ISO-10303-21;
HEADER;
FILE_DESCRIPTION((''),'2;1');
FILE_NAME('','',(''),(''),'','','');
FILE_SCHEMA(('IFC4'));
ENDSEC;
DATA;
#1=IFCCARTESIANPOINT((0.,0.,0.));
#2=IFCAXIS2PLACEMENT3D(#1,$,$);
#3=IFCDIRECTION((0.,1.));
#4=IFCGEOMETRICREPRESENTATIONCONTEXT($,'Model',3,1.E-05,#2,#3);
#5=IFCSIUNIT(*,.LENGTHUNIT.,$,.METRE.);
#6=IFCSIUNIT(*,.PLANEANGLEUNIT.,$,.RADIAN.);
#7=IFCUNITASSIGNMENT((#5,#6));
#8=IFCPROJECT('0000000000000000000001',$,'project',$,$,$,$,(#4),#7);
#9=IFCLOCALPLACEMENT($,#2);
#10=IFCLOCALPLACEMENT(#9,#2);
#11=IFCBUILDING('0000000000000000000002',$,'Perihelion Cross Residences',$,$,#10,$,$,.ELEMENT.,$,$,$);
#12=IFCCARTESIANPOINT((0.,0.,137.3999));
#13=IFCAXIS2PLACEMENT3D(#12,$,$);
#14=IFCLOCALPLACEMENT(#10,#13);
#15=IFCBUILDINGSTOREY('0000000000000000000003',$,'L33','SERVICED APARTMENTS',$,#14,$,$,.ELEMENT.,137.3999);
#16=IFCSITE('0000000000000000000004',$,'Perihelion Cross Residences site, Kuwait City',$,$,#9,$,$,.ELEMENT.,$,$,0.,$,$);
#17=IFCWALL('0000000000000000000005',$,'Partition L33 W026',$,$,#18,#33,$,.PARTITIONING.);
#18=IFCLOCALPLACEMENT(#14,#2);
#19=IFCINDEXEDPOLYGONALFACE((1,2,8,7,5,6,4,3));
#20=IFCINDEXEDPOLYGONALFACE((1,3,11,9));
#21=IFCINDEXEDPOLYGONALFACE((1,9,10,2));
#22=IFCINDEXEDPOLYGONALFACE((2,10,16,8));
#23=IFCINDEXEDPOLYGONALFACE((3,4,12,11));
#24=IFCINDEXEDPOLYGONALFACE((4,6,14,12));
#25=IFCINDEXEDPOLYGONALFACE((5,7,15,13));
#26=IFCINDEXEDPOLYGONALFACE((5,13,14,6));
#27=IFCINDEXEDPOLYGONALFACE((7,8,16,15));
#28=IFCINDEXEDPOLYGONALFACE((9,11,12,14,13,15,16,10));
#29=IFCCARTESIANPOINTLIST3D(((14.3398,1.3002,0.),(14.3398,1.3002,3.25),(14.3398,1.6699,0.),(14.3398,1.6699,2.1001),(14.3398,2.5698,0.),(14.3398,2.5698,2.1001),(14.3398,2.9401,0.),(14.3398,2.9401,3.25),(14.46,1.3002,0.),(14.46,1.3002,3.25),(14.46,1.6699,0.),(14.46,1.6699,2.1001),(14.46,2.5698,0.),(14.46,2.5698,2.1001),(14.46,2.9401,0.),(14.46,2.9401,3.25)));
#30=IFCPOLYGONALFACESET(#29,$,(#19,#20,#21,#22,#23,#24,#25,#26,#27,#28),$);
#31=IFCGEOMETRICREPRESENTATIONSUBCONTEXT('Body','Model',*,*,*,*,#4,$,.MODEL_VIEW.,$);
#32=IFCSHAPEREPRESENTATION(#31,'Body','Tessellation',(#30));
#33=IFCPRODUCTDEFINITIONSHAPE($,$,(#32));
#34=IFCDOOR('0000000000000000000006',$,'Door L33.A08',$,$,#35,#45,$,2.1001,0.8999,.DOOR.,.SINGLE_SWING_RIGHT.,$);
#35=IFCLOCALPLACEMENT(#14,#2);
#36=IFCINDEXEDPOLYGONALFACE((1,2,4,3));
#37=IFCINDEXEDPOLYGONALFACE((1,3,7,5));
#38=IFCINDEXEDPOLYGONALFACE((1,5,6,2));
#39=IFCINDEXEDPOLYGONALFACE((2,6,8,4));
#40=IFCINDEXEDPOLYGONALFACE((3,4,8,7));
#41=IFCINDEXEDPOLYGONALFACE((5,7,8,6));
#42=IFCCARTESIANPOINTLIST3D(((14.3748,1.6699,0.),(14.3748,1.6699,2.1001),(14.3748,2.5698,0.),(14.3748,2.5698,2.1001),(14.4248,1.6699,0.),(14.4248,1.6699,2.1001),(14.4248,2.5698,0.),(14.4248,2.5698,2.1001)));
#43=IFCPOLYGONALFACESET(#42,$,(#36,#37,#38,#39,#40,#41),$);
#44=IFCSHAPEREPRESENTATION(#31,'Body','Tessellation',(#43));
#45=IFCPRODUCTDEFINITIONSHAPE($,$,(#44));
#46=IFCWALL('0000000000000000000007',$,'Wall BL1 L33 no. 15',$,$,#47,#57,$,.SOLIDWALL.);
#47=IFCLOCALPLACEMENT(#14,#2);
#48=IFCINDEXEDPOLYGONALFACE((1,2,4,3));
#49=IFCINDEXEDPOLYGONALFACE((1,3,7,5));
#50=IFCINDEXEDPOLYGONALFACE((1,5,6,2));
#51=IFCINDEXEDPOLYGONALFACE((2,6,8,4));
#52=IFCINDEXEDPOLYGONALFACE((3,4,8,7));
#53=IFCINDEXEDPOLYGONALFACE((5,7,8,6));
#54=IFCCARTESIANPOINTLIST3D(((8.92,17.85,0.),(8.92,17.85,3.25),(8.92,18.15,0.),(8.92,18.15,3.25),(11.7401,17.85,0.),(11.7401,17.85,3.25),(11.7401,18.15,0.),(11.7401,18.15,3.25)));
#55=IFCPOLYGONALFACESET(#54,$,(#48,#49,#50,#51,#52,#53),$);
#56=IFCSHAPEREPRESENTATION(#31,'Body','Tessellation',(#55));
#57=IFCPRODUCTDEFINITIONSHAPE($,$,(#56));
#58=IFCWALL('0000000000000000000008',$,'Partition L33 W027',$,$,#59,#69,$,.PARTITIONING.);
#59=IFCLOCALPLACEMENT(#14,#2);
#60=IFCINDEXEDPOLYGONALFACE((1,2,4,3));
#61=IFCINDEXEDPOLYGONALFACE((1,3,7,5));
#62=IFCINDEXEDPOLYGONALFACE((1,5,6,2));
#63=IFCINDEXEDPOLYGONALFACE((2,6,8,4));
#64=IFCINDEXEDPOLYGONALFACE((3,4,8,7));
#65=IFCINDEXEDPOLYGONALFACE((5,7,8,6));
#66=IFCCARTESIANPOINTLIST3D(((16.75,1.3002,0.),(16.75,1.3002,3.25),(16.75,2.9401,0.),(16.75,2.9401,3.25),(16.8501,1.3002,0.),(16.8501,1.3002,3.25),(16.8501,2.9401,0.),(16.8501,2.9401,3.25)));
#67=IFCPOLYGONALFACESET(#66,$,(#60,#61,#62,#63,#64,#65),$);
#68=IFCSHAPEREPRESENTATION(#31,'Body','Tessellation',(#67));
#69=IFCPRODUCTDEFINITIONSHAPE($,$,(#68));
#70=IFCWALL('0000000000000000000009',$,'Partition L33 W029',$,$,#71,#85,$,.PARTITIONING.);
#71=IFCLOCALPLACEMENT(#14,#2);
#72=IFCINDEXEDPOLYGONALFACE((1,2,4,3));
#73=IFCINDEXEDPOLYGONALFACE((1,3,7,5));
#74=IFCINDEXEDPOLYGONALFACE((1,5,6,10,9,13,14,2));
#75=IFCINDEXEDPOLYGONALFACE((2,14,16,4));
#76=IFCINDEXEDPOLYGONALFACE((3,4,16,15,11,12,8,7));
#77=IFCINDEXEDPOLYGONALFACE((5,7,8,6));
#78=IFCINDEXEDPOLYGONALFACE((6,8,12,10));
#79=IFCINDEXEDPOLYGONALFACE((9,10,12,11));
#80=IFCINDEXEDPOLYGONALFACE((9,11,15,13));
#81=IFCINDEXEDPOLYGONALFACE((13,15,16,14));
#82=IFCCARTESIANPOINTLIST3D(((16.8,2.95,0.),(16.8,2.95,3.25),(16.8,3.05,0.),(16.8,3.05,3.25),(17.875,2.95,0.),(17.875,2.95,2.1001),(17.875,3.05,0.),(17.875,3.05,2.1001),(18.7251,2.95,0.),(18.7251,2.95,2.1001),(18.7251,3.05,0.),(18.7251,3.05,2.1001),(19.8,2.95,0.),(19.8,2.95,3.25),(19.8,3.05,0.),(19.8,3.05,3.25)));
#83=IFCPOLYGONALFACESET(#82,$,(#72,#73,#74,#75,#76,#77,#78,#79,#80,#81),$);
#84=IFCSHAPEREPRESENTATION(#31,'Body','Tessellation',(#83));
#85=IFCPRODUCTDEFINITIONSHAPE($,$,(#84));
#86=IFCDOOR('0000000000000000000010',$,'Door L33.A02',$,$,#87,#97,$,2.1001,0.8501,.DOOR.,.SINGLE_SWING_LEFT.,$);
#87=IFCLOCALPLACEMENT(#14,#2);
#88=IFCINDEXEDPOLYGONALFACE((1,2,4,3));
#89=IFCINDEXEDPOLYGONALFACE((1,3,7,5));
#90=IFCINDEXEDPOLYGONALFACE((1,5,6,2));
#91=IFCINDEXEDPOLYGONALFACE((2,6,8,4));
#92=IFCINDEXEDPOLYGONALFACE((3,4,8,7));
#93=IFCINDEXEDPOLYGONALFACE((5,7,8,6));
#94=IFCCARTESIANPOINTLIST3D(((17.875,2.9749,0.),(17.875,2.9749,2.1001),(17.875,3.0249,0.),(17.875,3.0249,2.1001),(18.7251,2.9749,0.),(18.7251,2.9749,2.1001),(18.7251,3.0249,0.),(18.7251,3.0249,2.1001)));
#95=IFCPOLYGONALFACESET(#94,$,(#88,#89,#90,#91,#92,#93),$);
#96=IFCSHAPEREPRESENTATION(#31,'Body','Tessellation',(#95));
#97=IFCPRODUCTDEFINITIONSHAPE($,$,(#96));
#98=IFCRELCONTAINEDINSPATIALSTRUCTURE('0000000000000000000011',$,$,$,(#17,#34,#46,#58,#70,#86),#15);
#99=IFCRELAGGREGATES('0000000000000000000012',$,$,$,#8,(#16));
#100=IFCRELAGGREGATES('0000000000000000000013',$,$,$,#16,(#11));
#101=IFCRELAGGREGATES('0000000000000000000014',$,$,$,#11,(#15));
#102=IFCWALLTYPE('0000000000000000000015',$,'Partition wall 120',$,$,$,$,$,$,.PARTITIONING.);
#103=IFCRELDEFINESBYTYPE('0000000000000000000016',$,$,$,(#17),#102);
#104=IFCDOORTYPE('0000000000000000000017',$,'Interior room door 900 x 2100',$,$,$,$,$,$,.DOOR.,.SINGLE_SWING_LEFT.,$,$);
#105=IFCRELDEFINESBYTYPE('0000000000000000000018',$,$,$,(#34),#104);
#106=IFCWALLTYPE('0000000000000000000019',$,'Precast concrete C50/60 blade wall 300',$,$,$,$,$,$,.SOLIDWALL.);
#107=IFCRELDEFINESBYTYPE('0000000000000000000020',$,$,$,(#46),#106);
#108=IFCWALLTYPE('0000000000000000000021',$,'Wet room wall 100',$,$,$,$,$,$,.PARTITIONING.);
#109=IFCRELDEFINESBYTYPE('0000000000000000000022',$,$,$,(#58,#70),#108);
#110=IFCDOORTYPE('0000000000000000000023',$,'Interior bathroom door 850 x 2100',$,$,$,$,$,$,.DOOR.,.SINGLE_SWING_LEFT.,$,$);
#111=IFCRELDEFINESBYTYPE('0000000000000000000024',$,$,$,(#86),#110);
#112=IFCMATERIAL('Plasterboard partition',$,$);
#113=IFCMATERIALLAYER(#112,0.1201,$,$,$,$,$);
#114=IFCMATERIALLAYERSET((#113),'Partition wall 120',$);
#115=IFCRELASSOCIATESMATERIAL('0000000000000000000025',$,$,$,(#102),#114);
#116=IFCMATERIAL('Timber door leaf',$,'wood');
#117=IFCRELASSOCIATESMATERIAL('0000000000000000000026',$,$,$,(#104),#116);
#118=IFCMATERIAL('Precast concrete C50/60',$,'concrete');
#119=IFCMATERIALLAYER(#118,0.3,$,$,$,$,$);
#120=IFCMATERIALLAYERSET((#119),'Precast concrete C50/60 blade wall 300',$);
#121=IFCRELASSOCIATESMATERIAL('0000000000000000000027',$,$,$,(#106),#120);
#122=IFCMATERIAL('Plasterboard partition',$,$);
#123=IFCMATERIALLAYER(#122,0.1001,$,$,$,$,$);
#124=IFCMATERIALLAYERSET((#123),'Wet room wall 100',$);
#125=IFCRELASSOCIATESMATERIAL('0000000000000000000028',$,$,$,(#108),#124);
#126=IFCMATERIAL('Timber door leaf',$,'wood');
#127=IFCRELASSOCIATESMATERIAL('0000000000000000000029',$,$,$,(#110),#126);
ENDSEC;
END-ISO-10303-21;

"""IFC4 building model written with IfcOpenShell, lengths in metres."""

from ifc_helpers import new_model, si_unit, direction, frame, frame_2d, origin, place, context, subcontext, project, spatial, rectangle, extrude, material, layer, layer_set, type_object, element, fill, save


model = new_model("IFC4")

# Units and contexts
model_context = context("Model", 3, precision=1e-05, world=origin(), true_north=direction((0.0, 1.0)))
body_context = subcontext(model_context, "Body", "Model", "MODEL_VIEW")
ifc_project = project(units=[si_unit("LENGTHUNIT", "METRE"), si_unit("PLANEANGLEUNIT", "RADIAN")], contexts=[model_context])

# Site, building, storey
site_placement = place(None, origin())
site = spatial("IfcSite", under=ifc_project, at=site_placement, Name="Perihelion Cross Residences site, Kuwait City", CompositionType="ELEMENT", RefElevation=0.0)
building_placement = place(site_placement, origin())
building = spatial("IfcBuilding", under=site, at=building_placement, Name="Perihelion Cross Residences", CompositionType="ELEMENT")
storey_placement = place(building_placement, frame((0.0, 0.0, 137.3999)))
storey = spatial("IfcBuildingStorey", under=building, at=storey_placement, Name="L33", Description="SERVICED APARTMENTS", CompositionType="ELEMENT", Elevation=137.3999)

# Wall, opening, door
ifc_material_1 = material(Name="Plasterboard partition")
ifc_layer_1 = layer(ifc_material_1, 0.1201)
ifc_layer_set_1 = layer_set([ifc_layer_1], Name="Partition wall 120")
wall_type_1 = type_object("IfcWallType", Name="Partition wall 120", PredefinedType="PARTITIONING", material=ifc_layer_set_1)
ifc_material_2 = material(Name="Timber door leaf", Category="wood")
door_type_1 = type_object("IfcDoorType", Name="Interior room door 900 x 2100", OperationType="SINGLE_SWING_LEFT", PredefinedType="DOOR", material=ifc_material_2)
wall_1_placement = place(storey_placement, frame((14.3999, 2.9399, 0.0), z_axis=(0.0, 0.0, 1.0), x_axis=(0.0, -1.0, 0.0)))
wall_1 = element("IfcWall", 1, at=wall_1_placement, inside=storey, type_object=wall_type_1, Name="Partition L33 W026", PredefinedType="PARTITIONING", context=body_context, shape_type="SweptSolid", body=[
    extrude(rectangle(XDim=1.6399, YDim=0.1201, at=frame_2d((0.8198, 0.0))), origin(), (0.0, 0.0, 1.0), 3.25),
])
opening_1_placement = place(wall_1_placement, frame((0.3701, 0.0, 0.0)))
opening_1 = element("IfcOpeningElement", 2, at=opening_1_placement, cuts=wall_1, PredefinedType="OPENING", context=body_context, shape_type="SweptSolid", body=[
    extrude(rectangle(XDim=0.8999, YDim=2.1001, at=frame_2d((0.45, 1.05))), frame((0.0, 0.0701, 0.0), z_axis=(0.0, -1.0, 0.0), x_axis=(1.0, 0.0, 0.0)), (0.0, 0.0, 1.0), 0.1401),
])
door_1_placement = place(opening_1_placement, origin())
door_1 = element("IfcDoor", 3, at=door_1_placement, inside=storey, type_object=door_type_1, Name="Door L33.A08", OperationType="SINGLE_SWING_RIGHT", OverallHeight=2.1001, OverallWidth=0.8999, PredefinedType="DOOR", context=body_context, shape_type="SweptSolid", body=[
    extrude(rectangle(XDim=0.8999, YDim=2.1001, at=frame_2d((0.45, 1.05))), frame((0.0, 0.0249, 0.0), z_axis=(0.0, -1.0, 0.0), x_axis=(1.0, 0.0, 0.0)), (0.0, 0.0, 1.0), 0.05),
])
fill(opening_1, door_1)

# Walls
ifc_material_3 = material(Name="Precast concrete C50/60", Category="concrete")
ifc_layer_2 = layer(ifc_material_3, 0.3)
ifc_layer_set_2 = layer_set([ifc_layer_2], Name="Precast concrete C50/60 blade wall 300")
wall_type_2 = type_object("IfcWallType", Name="Precast concrete C50/60 blade wall 300", PredefinedType="SOLIDWALL", material=ifc_layer_set_2)
wall_2_placement = place(storey_placement, frame((8.9199, 18.0, 0.0), z_axis=(0.0, 0.0, 1.0), x_axis=(1.0, 0.0, 0.0)))
element("IfcWall", 4, at=wall_2_placement, inside=storey, type_object=wall_type_2, Name="Wall BL1 L33 no. 15", PredefinedType="SOLIDWALL", context=body_context, shape_type="SweptSolid", body=[
    extrude(rectangle(XDim=2.8201, YDim=0.3, at=frame_2d((1.4102, 0.0))), origin(), (0.0, 0.0, 1.0), 3.25),
])
ifc_material_4 = material(Name="Plasterboard partition")
ifc_layer_3 = layer(ifc_material_4, 0.1001)
ifc_layer_set_3 = layer_set([ifc_layer_3], Name="Wet room wall 100")
wall_type_3 = type_object("IfcWallType", Name="Wet room wall 100", PredefinedType="PARTITIONING", material=ifc_layer_set_3)
wall_3_placement = place(storey_placement, frame((16.8, 2.9399, 0.0), z_axis=(0.0, 0.0, 1.0), x_axis=(0.0, -1.0, 0.0)))
element("IfcWall", 5, at=wall_3_placement, inside=storey, type_object=wall_type_3, Name="Partition L33 W027", PredefinedType="PARTITIONING", context=body_context, shape_type="SweptSolid", body=[
    extrude(rectangle(XDim=1.6399, YDim=0.1001, at=frame_2d((0.8198, 0.0))), origin(), (0.0, 0.0, 1.0), 3.25),
])

# Wall, opening, door
wall_4_placement = place(storey_placement, frame((16.8, 3.0, 0.0), z_axis=(0.0, 0.0, 1.0), x_axis=(1.0, 0.0, 0.0)))
wall_4 = element("IfcWall", 6, at=wall_4_placement, inside=storey, type_object=wall_type_3, Name="Partition L33 W029", PredefinedType="PARTITIONING", context=body_context, shape_type="SweptSolid", body=[
    extrude(rectangle(XDim=3.0, YDim=0.1001, at=frame_2d((1.5, 0.0))), origin(), (0.0, 0.0, 1.0), 3.25),
])
opening_2_placement = place(wall_4_placement, frame((1.075, 0.0, 0.0)))
opening_2 = element("IfcOpeningElement", 7, at=opening_2_placement, cuts=wall_4, PredefinedType="OPENING", context=body_context, shape_type="SweptSolid", body=[
    extrude(rectangle(XDim=0.8501, YDim=2.1001, at=frame_2d((0.425, 1.05))), frame((0.0, 0.0601, 0.0), z_axis=(0.0, -1.0, 0.0), x_axis=(1.0, 0.0, 0.0)), (0.0, 0.0, 1.0), 0.1201),
])
ifc_material_5 = material(Name="Timber door leaf", Category="wood")
door_type_2 = type_object("IfcDoorType", Name="Interior bathroom door 850 x 2100", OperationType="SINGLE_SWING_LEFT", PredefinedType="DOOR", material=ifc_material_5)
door_2_placement = place(opening_2_placement, origin())
door_2 = element("IfcDoor", 8, at=door_2_placement, inside=storey, type_object=door_type_2, Name="Door L33.A02", OperationType="SINGLE_SWING_LEFT", OverallHeight=2.1001, OverallWidth=0.8501, PredefinedType="DOOR", context=body_context, shape_type="SweptSolid", body=[
    extrude(rectangle(XDim=0.8501, YDim=2.1001, at=frame_2d((0.425, 1.05))), frame((0.0, 0.0249, 0.0), z_axis=(0.0, -1.0, 0.0), x_axis=(1.0, 0.0, 0.0)), (0.0, 0.0, 1.0), 0.05),
])
fill(opening_2, door_2)

save(model, "model.ifc")
